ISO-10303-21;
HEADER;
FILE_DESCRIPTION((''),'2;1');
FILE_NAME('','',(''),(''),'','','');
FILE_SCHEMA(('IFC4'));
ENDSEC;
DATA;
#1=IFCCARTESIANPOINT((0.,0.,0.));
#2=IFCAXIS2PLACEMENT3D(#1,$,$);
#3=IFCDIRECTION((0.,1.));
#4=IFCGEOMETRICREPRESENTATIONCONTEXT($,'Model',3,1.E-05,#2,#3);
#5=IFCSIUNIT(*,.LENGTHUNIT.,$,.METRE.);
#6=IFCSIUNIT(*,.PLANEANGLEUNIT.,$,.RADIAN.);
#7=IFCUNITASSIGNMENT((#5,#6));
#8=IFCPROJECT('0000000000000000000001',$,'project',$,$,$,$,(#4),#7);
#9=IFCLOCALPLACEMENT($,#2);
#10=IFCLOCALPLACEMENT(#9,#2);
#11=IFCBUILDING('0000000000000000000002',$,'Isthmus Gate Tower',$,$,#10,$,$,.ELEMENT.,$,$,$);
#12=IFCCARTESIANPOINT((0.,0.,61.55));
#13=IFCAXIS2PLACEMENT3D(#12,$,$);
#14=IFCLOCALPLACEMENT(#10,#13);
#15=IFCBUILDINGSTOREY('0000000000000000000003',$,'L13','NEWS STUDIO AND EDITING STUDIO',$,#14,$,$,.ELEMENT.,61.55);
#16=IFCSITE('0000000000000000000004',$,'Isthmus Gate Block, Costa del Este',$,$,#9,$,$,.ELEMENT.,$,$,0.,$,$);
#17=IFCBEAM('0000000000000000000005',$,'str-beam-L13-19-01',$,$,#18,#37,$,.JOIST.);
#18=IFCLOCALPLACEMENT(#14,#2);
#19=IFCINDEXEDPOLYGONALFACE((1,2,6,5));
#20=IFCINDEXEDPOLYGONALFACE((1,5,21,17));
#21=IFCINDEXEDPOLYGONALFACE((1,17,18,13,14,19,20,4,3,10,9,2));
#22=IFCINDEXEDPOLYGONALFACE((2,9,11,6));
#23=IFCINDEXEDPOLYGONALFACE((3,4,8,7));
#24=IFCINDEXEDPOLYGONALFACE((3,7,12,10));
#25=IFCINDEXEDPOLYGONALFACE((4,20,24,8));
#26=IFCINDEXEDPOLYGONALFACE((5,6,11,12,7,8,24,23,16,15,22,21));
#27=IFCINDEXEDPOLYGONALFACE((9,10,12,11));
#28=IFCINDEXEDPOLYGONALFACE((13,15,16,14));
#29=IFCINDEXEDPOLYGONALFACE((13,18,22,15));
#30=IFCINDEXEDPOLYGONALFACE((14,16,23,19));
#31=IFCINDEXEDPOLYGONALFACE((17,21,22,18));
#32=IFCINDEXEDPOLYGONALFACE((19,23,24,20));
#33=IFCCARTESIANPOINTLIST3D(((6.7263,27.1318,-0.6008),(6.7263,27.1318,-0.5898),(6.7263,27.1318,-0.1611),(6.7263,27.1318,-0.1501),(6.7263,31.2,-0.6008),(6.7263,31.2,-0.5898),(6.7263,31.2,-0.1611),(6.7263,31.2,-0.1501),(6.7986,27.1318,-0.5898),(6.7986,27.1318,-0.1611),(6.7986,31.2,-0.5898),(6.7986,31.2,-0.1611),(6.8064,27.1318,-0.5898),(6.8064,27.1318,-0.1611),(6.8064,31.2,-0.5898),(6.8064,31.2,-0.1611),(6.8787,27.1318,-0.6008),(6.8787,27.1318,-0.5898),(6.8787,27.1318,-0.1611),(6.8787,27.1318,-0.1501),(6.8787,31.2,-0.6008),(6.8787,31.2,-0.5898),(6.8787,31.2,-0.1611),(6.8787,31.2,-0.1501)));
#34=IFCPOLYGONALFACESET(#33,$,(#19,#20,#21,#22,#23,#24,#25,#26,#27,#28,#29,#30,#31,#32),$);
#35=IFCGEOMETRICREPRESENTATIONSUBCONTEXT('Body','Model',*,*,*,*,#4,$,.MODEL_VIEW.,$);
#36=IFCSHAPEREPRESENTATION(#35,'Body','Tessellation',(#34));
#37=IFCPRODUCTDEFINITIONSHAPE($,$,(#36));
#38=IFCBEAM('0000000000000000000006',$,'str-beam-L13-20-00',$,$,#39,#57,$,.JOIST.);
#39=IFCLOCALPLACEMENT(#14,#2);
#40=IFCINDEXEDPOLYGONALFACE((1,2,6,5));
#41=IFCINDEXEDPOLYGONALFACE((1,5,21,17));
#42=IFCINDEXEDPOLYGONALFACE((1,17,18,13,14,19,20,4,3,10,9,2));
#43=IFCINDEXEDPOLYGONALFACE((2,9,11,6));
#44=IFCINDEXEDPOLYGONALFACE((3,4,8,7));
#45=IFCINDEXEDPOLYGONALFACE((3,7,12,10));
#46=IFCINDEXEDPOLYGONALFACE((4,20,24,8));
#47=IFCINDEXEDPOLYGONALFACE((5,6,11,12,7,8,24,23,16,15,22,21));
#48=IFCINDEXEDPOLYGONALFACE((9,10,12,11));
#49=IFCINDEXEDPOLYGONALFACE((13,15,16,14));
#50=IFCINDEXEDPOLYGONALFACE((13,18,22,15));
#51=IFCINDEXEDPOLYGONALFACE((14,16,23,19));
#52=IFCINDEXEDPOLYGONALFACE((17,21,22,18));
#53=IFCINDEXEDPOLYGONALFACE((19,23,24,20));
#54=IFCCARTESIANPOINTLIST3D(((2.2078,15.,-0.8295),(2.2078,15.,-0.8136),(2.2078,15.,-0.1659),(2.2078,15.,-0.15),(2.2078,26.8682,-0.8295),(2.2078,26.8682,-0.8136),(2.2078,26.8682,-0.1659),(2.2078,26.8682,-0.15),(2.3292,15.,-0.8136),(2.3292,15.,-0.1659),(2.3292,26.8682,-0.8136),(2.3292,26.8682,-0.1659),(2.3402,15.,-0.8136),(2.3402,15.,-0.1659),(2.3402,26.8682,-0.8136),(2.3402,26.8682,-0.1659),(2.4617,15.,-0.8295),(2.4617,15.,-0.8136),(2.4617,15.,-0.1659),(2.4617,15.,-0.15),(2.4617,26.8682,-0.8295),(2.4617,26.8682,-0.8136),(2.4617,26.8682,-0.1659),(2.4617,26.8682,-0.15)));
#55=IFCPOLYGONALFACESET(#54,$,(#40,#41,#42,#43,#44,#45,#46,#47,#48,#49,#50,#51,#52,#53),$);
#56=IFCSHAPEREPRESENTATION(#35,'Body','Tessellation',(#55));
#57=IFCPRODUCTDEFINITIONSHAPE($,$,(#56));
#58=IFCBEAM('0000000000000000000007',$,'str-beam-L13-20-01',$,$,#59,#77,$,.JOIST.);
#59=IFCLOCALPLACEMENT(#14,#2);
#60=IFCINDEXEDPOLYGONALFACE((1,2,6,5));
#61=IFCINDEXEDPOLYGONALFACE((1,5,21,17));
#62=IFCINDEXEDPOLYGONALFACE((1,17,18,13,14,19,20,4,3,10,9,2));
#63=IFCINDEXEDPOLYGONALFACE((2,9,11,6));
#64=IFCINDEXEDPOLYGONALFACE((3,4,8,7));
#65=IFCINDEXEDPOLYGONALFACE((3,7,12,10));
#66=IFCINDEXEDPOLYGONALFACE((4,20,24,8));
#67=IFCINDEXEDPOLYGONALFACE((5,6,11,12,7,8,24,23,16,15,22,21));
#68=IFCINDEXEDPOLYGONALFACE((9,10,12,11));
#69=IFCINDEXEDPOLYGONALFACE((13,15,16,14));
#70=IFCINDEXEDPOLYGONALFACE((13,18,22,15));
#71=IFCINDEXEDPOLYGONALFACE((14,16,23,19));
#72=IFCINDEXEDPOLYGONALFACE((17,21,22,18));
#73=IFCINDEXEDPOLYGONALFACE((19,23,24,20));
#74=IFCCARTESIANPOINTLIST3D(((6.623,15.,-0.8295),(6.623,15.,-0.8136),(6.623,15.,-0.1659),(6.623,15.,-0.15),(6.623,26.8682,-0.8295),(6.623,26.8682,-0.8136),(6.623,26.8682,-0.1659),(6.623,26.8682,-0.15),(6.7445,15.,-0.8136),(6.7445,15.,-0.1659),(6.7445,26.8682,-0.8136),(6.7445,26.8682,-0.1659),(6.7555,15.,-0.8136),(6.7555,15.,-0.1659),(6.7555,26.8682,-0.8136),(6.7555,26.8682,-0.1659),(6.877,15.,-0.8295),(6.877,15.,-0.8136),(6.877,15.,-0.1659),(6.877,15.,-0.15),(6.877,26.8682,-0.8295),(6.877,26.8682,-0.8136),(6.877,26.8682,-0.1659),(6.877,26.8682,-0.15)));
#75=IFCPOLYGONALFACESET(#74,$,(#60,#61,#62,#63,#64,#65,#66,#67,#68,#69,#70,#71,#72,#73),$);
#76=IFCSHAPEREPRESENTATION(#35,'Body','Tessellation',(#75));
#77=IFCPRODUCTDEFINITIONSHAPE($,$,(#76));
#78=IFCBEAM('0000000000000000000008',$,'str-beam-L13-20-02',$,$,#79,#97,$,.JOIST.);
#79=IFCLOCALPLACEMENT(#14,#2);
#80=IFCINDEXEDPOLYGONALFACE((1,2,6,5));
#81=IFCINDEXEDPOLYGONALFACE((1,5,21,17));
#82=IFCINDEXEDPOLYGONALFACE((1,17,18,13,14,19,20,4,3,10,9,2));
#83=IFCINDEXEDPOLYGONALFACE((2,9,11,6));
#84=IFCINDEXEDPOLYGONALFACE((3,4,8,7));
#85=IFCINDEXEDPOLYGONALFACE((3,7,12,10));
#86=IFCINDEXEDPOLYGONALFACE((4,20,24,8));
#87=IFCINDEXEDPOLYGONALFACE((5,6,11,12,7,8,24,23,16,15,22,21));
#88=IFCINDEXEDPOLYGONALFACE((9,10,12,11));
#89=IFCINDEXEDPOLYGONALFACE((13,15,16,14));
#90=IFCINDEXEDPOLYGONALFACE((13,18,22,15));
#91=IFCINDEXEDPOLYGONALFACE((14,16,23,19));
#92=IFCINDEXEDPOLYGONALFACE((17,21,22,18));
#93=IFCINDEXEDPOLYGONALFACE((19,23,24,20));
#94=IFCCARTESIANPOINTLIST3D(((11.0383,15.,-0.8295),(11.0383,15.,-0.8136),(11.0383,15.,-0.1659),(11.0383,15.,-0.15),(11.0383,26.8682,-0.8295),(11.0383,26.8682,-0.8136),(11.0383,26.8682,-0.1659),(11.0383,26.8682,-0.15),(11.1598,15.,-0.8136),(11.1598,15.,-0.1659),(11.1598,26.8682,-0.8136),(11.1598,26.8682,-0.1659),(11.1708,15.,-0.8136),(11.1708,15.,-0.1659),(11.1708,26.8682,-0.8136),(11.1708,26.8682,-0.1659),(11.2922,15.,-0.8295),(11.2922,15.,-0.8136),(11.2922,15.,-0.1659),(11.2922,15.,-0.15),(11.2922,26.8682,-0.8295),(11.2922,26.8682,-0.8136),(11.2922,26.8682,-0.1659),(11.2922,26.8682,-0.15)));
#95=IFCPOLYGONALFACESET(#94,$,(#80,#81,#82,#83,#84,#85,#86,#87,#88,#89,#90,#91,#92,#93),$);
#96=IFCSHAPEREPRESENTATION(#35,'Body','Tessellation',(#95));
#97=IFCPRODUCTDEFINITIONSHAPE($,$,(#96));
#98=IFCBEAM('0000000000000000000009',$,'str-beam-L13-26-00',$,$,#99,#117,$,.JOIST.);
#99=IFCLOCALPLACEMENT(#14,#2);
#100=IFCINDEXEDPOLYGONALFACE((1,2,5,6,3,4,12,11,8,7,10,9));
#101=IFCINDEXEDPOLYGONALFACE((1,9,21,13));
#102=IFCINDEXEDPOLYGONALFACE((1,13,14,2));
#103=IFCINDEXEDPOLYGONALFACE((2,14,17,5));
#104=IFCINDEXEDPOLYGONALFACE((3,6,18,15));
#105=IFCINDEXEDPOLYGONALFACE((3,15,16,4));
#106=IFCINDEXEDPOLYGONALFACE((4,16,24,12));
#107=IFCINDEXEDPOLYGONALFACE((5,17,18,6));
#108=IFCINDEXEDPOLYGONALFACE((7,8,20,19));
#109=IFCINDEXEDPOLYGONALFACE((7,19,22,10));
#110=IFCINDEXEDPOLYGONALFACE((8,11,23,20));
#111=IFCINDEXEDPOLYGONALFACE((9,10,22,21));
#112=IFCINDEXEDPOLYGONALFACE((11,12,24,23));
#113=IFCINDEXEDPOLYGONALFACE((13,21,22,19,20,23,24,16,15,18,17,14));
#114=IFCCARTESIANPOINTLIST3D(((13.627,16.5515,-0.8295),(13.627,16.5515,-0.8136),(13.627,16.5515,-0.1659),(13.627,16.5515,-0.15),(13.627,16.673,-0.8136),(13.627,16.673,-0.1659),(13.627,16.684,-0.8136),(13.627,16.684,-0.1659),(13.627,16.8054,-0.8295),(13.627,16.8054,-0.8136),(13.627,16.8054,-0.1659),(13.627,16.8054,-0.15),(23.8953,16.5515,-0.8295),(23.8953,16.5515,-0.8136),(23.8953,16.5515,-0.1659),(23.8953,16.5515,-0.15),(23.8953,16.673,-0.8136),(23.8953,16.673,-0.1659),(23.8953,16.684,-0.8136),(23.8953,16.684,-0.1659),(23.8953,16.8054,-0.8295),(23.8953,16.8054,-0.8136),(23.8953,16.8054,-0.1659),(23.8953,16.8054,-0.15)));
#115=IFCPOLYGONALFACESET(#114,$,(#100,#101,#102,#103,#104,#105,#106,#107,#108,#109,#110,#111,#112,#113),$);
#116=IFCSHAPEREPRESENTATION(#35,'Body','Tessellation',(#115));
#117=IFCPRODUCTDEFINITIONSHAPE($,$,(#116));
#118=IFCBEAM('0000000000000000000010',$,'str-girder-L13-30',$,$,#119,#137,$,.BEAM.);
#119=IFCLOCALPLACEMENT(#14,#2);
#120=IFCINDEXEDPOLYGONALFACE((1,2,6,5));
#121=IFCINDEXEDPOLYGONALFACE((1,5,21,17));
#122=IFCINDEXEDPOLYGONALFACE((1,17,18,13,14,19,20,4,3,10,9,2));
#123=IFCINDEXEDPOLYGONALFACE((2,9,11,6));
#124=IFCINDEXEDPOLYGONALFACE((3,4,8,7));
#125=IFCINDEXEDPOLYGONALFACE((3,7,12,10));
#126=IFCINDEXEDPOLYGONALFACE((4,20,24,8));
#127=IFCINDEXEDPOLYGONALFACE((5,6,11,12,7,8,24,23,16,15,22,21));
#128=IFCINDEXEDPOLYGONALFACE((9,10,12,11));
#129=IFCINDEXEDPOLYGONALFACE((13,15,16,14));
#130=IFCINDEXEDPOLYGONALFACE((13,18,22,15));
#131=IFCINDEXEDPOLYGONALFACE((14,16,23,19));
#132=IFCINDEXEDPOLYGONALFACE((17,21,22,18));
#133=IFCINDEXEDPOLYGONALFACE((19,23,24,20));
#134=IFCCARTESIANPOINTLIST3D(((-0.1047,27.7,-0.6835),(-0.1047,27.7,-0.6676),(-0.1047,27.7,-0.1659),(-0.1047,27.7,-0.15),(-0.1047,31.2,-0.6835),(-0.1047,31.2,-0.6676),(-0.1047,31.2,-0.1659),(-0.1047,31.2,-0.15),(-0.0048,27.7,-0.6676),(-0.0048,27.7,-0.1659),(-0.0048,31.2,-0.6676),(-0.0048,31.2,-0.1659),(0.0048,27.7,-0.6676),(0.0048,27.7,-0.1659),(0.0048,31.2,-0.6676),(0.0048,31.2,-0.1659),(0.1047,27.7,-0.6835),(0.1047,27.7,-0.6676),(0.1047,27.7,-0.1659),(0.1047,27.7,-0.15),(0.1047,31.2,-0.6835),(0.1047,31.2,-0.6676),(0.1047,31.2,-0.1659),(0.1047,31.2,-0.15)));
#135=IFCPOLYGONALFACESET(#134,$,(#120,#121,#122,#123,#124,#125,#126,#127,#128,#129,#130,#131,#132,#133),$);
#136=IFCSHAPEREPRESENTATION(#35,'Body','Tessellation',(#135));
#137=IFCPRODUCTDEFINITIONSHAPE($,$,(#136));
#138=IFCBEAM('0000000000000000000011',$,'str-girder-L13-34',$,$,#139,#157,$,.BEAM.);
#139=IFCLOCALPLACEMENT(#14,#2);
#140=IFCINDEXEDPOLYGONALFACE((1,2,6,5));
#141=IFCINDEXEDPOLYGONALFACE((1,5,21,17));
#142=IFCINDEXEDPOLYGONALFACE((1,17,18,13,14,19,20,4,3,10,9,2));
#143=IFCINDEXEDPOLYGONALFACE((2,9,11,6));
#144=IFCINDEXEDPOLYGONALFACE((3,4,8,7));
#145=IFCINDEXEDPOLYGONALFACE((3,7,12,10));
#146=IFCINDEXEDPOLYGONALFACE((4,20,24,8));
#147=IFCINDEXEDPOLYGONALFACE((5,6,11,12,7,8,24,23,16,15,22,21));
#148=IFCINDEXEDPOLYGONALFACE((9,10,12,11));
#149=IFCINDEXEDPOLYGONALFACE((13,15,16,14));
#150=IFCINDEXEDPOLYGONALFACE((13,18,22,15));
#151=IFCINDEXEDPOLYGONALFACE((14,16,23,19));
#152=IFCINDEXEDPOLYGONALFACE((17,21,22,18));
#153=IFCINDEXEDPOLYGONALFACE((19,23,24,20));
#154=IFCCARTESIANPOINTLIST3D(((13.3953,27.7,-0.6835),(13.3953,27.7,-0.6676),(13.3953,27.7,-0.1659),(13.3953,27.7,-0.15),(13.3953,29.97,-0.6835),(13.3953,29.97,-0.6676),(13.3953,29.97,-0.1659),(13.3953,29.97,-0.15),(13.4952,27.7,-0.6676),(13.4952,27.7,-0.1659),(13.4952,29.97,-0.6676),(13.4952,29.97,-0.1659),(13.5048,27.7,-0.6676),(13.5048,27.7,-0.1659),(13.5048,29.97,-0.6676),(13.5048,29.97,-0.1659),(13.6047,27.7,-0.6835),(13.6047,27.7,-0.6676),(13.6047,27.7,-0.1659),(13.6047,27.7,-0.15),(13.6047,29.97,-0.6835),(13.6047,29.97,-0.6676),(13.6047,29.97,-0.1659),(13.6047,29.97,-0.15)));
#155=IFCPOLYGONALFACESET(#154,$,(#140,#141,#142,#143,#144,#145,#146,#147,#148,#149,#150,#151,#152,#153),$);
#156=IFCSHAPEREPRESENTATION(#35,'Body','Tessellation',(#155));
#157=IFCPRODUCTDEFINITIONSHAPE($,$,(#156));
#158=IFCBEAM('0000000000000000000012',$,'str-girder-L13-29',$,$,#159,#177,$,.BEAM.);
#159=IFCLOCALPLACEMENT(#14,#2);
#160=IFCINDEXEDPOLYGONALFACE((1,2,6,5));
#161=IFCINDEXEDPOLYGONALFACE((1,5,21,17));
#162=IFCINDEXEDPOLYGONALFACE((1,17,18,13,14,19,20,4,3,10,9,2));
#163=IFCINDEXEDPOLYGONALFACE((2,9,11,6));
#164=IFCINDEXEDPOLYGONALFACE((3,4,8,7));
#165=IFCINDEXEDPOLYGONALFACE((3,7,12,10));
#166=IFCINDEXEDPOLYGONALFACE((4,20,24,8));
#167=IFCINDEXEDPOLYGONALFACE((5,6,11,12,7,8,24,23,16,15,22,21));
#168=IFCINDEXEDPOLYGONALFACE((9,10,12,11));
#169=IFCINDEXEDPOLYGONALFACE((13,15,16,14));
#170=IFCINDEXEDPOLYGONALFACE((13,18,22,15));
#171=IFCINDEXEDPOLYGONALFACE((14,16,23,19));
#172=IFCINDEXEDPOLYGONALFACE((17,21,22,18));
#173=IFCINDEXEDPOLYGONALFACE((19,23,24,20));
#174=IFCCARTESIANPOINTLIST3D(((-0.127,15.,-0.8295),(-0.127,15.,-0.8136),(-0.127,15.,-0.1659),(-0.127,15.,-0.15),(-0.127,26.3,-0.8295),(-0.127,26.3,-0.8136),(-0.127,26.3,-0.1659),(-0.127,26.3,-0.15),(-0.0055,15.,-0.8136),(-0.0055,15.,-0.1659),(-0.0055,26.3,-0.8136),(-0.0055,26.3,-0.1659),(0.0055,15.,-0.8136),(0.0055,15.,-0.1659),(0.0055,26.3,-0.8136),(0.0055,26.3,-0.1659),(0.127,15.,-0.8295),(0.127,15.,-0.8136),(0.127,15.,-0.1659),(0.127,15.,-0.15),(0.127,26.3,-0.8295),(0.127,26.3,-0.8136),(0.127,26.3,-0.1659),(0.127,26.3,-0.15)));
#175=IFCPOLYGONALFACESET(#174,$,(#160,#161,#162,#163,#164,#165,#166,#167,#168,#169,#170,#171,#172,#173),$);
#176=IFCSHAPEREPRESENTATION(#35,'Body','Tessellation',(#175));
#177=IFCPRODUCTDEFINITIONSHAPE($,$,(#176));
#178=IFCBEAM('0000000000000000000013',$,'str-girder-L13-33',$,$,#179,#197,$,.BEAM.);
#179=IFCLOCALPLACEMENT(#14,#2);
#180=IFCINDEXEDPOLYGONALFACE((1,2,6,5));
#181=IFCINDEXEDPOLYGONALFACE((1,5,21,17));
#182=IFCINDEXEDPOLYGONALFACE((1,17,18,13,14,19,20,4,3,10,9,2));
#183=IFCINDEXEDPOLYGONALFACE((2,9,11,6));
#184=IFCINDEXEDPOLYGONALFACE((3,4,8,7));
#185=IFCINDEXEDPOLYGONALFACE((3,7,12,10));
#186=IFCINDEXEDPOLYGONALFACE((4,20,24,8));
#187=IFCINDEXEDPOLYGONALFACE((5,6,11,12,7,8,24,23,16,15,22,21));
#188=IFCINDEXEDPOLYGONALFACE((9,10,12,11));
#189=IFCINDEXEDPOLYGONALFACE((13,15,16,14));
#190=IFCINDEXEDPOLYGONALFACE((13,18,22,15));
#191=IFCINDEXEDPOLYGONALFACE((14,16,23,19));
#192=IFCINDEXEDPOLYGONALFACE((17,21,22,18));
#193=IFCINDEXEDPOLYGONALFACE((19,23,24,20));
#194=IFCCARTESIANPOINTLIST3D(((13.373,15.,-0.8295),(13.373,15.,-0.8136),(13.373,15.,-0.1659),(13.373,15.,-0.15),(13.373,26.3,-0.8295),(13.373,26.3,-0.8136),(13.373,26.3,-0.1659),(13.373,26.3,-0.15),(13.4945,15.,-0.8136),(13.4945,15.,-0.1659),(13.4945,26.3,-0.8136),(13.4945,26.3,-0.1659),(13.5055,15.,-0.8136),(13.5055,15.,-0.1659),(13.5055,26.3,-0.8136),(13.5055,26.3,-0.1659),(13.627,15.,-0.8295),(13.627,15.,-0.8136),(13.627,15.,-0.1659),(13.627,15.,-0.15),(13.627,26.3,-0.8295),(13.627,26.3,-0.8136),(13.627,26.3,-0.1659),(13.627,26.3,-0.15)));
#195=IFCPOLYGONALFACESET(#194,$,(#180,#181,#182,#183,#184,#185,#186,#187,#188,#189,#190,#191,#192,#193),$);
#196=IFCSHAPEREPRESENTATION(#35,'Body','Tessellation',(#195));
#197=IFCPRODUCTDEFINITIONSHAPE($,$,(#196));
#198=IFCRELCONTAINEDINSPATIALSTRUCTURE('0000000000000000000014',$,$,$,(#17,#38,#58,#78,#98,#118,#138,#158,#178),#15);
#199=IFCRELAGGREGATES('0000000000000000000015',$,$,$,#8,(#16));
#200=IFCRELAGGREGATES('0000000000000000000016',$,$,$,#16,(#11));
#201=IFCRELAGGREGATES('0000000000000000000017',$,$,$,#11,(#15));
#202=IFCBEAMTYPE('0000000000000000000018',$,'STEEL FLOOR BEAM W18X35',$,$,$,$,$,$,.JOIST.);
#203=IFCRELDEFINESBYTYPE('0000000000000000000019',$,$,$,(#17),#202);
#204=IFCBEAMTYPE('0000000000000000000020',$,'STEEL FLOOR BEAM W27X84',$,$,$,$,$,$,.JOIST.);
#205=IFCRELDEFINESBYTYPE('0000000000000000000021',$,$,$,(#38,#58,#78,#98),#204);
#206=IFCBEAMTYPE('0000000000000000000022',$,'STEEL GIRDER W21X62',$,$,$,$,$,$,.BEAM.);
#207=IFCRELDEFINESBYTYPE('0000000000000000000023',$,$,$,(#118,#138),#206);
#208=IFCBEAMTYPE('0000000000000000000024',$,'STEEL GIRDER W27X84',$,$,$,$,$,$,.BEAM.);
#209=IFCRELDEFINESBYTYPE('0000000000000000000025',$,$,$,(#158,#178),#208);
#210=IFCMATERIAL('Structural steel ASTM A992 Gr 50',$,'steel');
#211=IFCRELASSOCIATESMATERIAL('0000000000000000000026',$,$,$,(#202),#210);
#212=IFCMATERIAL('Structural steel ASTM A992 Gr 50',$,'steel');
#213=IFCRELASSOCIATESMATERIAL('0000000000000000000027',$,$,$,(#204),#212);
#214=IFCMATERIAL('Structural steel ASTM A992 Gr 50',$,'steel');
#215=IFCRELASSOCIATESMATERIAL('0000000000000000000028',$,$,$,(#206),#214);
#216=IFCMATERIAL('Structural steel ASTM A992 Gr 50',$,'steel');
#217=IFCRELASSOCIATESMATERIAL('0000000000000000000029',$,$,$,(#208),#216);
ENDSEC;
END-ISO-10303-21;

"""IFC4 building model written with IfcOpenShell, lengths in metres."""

from ifc_helpers import new_model, si_unit, direction, frame, origin, origin_2d, place, context, subcontext, project, spatial, i_section, extrude, material, material_profile, profile_set, type_object, element, save


model = new_model("IFC4")

# Units and contexts
model_context = context("Model", 3, precision=1e-05, world=origin(), true_north=direction((0.0, 1.0)))
body_context = subcontext(model_context, "Body", "Model", "MODEL_VIEW")
ifc_project = project(units=[si_unit("LENGTHUNIT", "METRE"), si_unit("PLANEANGLEUNIT", "RADIAN")], contexts=[model_context])

# Site, building, storey
site_placement = place(None, origin())
site = spatial("IfcSite", under=ifc_project, at=site_placement, Name="Isthmus Gate Block, Costa del Este", CompositionType="ELEMENT", RefElevation=0.0)
building_placement = place(site_placement, origin())
building = spatial("IfcBuilding", under=site, at=building_placement, Name="Isthmus Gate Tower", CompositionType="ELEMENT")
storey_placement = place(building_placement, frame((0.0, 0.0, 61.55)))
storey = spatial("IfcBuildingStorey", under=building, at=storey_placement, Name="L13", Description="NEWS STUDIO AND EDITING STUDIO", CompositionType="ELEMENT", Elevation=61.55)

# Beams
ifc_material_1 = material(Name="Structural steel ASTM A992 Gr 50", Category="steel")
ifc_material_profile_1 = material_profile(ifc_material_1, i_section(OverallWidth=0.1523, OverallDepth=0.4507, WebThickness=0.0078, FlangeThickness=0.011, at=origin_2d()), Name="W18X35")
ifc_profile_set_1 = profile_set([ifc_material_profile_1], Name="Structural steel ASTM A992 Gr 50")
beam_type_1 = type_object("IfcBeamType", Name="STEEL FLOOR BEAM W18X35", PredefinedType="JOIST", material=ifc_profile_set_1)
beam_1_placement = place(storey_placement, frame((6.8025, 27.1318, -0.3755), z_axis=(0.0, 1.0, 0.0), x_axis=(-1.0, 0.0, 0.0)))
element("IfcBeam", 1, at=beam_1_placement, inside=storey, type_object=beam_type_1, Name="str-beam-L13-19-01", PredefinedType="JOIST", context=body_context, shape_type="SweptSolid", body=[
    extrude(i_section(OverallWidth=0.1523, OverallDepth=0.4507, WebThickness=0.0078, FlangeThickness=0.011, at=origin_2d()), origin(), (0.0, 0.0, 1.0), 4.0681),
])
ifc_material_2 = material(Name="Structural steel ASTM A992 Gr 50", Category="steel")
ifc_material_profile_2 = material_profile(ifc_material_2, i_section(OverallWidth=0.2539, OverallDepth=0.6794, WebThickness=0.011, FlangeThickness=0.0159, at=origin_2d()), Name="W27X84")
ifc_profile_set_2 = profile_set([ifc_material_profile_2], Name="Structural steel ASTM A992 Gr 50")
beam_type_2 = type_object("IfcBeamType", Name="STEEL FLOOR BEAM W27X84", PredefinedType="JOIST", material=ifc_profile_set_2)
for number, where, z_axis, x_axis, name in (
    (2, (2.3347, 15.0, -0.4897), (0.0, 1.0, 0.0), (-1.0, 0.0, 0.0), "str-beam-L13-20-00"),
    (3, (6.75, 15.0, -0.4897), (0.0, 1.0, 0.0), (-1.0, 0.0, 0.0), "str-beam-L13-20-01"),
    (4, (11.1653, 15.0, -0.4897), (0.0, 1.0, 0.0), (-1.0, 0.0, 0.0), "str-beam-L13-20-02"),
):
    element("IfcBeam", number, at=place(storey_placement, frame(where, z_axis=z_axis, x_axis=x_axis)), inside=storey, type_object=beam_type_2, Name=name, PredefinedType="JOIST", context=body_context, shape_type="SweptSolid", body=[
        extrude(i_section(OverallWidth=0.2539, OverallDepth=0.6794, WebThickness=0.011, FlangeThickness=0.0159, at=origin_2d()), origin(), (0.0, 0.0, 1.0), 11.8682),
    ])
beam_2_placement = place(storey_placement, frame((13.627, 16.6785, -0.4897), z_axis=(1.0, 0.0, 0.0), x_axis=(0.0, 1.0, 0.0)))
element("IfcBeam", 5, at=beam_2_placement, inside=storey, type_object=beam_type_2, Name="str-beam-L13-26-00", PredefinedType="JOIST", context=body_context, shape_type="SweptSolid", body=[
    extrude(i_section(OverallWidth=0.2539, OverallDepth=0.6794, WebThickness=0.011, FlangeThickness=0.0159, at=origin_2d()), origin(), (0.0, 0.0, 1.0), 10.2683),
])
ifc_material_3 = material(Name="Structural steel ASTM A992 Gr 50", Category="steel")
ifc_material_profile_3 = material_profile(ifc_material_3, i_section(OverallWidth=0.2095, OverallDepth=0.5334, WebThickness=0.0095, FlangeThickness=0.0159, at=origin_2d()), Name="W21X62")
ifc_profile_set_3 = profile_set([ifc_material_profile_3], Name="Structural steel ASTM A992 Gr 50")
beam_type_3 = type_object("IfcBeamType", Name="STEEL GIRDER W21X62", PredefinedType="BEAM", material=ifc_profile_set_3)
beam_3_placement = place(storey_placement, frame((0.0, 27.7, -0.4167), z_axis=(0.0, 1.0, 0.0), x_axis=(-1.0, 0.0, 0.0)))
element("IfcBeam", 6, at=beam_3_placement, inside=storey, type_object=beam_type_3, Name="str-girder-L13-30", PredefinedType="BEAM", context=body_context, shape_type="SweptSolid", body=[
    extrude(i_section(OverallWidth=0.2095, OverallDepth=0.5334, WebThickness=0.0095, FlangeThickness=0.0159, at=origin_2d()), origin(), (0.0, 0.0, 1.0), 3.5),
])
beam_4_placement = place(storey_placement, frame((13.5, 27.7, -0.4167), z_axis=(0.0, 1.0, 0.0), x_axis=(-1.0, 0.0, 0.0)))
element("IfcBeam", 7, at=beam_4_placement, inside=storey, type_object=beam_type_3, Name="str-girder-L13-34", PredefinedType="BEAM", context=body_context, shape_type="SweptSolid", body=[
    extrude(i_section(OverallWidth=0.2095, OverallDepth=0.5334, WebThickness=0.0095, FlangeThickness=0.0159, at=origin_2d()), origin(), (0.0, 0.0, 1.0), 2.27),
])
ifc_material_4 = material(Name="Structural steel ASTM A992 Gr 50", Category="steel")
ifc_material_profile_4 = material_profile(ifc_material_4, i_section(OverallWidth=0.2539, OverallDepth=0.6794, WebThickness=0.011, FlangeThickness=0.0159, at=origin_2d()), Name="W27X84")
ifc_profile_set_4 = profile_set([ifc_material_profile_4], Name="Structural steel ASTM A992 Gr 50")
beam_type_4 = type_object("IfcBeamType", Name="STEEL GIRDER W27X84", PredefinedType="BEAM", material=ifc_profile_set_4)
for number, where, z_axis, x_axis, name in (
    (8, (0.0, 15.0, -0.4897), (0.0, 1.0, 0.0), (-1.0, 0.0, 0.0), "str-girder-L13-29"),
    (9, (13.5, 15.0, -0.4897), (0.0, 1.0, 0.0), (-1.0, 0.0, 0.0), "str-girder-L13-33"),
):
    element("IfcBeam", number, at=place(storey_placement, frame(where, z_axis=z_axis, x_axis=x_axis)), inside=storey, type_object=beam_type_4, Name=name, PredefinedType="BEAM", context=body_context, shape_type="SweptSolid", body=[
        extrude(i_section(OverallWidth=0.2539, OverallDepth=0.6794, WebThickness=0.011, FlangeThickness=0.0159, at=origin_2d()), origin(), (0.0, 0.0, 1.0), 11.3),
    ])

save(model, "model.ifc")
